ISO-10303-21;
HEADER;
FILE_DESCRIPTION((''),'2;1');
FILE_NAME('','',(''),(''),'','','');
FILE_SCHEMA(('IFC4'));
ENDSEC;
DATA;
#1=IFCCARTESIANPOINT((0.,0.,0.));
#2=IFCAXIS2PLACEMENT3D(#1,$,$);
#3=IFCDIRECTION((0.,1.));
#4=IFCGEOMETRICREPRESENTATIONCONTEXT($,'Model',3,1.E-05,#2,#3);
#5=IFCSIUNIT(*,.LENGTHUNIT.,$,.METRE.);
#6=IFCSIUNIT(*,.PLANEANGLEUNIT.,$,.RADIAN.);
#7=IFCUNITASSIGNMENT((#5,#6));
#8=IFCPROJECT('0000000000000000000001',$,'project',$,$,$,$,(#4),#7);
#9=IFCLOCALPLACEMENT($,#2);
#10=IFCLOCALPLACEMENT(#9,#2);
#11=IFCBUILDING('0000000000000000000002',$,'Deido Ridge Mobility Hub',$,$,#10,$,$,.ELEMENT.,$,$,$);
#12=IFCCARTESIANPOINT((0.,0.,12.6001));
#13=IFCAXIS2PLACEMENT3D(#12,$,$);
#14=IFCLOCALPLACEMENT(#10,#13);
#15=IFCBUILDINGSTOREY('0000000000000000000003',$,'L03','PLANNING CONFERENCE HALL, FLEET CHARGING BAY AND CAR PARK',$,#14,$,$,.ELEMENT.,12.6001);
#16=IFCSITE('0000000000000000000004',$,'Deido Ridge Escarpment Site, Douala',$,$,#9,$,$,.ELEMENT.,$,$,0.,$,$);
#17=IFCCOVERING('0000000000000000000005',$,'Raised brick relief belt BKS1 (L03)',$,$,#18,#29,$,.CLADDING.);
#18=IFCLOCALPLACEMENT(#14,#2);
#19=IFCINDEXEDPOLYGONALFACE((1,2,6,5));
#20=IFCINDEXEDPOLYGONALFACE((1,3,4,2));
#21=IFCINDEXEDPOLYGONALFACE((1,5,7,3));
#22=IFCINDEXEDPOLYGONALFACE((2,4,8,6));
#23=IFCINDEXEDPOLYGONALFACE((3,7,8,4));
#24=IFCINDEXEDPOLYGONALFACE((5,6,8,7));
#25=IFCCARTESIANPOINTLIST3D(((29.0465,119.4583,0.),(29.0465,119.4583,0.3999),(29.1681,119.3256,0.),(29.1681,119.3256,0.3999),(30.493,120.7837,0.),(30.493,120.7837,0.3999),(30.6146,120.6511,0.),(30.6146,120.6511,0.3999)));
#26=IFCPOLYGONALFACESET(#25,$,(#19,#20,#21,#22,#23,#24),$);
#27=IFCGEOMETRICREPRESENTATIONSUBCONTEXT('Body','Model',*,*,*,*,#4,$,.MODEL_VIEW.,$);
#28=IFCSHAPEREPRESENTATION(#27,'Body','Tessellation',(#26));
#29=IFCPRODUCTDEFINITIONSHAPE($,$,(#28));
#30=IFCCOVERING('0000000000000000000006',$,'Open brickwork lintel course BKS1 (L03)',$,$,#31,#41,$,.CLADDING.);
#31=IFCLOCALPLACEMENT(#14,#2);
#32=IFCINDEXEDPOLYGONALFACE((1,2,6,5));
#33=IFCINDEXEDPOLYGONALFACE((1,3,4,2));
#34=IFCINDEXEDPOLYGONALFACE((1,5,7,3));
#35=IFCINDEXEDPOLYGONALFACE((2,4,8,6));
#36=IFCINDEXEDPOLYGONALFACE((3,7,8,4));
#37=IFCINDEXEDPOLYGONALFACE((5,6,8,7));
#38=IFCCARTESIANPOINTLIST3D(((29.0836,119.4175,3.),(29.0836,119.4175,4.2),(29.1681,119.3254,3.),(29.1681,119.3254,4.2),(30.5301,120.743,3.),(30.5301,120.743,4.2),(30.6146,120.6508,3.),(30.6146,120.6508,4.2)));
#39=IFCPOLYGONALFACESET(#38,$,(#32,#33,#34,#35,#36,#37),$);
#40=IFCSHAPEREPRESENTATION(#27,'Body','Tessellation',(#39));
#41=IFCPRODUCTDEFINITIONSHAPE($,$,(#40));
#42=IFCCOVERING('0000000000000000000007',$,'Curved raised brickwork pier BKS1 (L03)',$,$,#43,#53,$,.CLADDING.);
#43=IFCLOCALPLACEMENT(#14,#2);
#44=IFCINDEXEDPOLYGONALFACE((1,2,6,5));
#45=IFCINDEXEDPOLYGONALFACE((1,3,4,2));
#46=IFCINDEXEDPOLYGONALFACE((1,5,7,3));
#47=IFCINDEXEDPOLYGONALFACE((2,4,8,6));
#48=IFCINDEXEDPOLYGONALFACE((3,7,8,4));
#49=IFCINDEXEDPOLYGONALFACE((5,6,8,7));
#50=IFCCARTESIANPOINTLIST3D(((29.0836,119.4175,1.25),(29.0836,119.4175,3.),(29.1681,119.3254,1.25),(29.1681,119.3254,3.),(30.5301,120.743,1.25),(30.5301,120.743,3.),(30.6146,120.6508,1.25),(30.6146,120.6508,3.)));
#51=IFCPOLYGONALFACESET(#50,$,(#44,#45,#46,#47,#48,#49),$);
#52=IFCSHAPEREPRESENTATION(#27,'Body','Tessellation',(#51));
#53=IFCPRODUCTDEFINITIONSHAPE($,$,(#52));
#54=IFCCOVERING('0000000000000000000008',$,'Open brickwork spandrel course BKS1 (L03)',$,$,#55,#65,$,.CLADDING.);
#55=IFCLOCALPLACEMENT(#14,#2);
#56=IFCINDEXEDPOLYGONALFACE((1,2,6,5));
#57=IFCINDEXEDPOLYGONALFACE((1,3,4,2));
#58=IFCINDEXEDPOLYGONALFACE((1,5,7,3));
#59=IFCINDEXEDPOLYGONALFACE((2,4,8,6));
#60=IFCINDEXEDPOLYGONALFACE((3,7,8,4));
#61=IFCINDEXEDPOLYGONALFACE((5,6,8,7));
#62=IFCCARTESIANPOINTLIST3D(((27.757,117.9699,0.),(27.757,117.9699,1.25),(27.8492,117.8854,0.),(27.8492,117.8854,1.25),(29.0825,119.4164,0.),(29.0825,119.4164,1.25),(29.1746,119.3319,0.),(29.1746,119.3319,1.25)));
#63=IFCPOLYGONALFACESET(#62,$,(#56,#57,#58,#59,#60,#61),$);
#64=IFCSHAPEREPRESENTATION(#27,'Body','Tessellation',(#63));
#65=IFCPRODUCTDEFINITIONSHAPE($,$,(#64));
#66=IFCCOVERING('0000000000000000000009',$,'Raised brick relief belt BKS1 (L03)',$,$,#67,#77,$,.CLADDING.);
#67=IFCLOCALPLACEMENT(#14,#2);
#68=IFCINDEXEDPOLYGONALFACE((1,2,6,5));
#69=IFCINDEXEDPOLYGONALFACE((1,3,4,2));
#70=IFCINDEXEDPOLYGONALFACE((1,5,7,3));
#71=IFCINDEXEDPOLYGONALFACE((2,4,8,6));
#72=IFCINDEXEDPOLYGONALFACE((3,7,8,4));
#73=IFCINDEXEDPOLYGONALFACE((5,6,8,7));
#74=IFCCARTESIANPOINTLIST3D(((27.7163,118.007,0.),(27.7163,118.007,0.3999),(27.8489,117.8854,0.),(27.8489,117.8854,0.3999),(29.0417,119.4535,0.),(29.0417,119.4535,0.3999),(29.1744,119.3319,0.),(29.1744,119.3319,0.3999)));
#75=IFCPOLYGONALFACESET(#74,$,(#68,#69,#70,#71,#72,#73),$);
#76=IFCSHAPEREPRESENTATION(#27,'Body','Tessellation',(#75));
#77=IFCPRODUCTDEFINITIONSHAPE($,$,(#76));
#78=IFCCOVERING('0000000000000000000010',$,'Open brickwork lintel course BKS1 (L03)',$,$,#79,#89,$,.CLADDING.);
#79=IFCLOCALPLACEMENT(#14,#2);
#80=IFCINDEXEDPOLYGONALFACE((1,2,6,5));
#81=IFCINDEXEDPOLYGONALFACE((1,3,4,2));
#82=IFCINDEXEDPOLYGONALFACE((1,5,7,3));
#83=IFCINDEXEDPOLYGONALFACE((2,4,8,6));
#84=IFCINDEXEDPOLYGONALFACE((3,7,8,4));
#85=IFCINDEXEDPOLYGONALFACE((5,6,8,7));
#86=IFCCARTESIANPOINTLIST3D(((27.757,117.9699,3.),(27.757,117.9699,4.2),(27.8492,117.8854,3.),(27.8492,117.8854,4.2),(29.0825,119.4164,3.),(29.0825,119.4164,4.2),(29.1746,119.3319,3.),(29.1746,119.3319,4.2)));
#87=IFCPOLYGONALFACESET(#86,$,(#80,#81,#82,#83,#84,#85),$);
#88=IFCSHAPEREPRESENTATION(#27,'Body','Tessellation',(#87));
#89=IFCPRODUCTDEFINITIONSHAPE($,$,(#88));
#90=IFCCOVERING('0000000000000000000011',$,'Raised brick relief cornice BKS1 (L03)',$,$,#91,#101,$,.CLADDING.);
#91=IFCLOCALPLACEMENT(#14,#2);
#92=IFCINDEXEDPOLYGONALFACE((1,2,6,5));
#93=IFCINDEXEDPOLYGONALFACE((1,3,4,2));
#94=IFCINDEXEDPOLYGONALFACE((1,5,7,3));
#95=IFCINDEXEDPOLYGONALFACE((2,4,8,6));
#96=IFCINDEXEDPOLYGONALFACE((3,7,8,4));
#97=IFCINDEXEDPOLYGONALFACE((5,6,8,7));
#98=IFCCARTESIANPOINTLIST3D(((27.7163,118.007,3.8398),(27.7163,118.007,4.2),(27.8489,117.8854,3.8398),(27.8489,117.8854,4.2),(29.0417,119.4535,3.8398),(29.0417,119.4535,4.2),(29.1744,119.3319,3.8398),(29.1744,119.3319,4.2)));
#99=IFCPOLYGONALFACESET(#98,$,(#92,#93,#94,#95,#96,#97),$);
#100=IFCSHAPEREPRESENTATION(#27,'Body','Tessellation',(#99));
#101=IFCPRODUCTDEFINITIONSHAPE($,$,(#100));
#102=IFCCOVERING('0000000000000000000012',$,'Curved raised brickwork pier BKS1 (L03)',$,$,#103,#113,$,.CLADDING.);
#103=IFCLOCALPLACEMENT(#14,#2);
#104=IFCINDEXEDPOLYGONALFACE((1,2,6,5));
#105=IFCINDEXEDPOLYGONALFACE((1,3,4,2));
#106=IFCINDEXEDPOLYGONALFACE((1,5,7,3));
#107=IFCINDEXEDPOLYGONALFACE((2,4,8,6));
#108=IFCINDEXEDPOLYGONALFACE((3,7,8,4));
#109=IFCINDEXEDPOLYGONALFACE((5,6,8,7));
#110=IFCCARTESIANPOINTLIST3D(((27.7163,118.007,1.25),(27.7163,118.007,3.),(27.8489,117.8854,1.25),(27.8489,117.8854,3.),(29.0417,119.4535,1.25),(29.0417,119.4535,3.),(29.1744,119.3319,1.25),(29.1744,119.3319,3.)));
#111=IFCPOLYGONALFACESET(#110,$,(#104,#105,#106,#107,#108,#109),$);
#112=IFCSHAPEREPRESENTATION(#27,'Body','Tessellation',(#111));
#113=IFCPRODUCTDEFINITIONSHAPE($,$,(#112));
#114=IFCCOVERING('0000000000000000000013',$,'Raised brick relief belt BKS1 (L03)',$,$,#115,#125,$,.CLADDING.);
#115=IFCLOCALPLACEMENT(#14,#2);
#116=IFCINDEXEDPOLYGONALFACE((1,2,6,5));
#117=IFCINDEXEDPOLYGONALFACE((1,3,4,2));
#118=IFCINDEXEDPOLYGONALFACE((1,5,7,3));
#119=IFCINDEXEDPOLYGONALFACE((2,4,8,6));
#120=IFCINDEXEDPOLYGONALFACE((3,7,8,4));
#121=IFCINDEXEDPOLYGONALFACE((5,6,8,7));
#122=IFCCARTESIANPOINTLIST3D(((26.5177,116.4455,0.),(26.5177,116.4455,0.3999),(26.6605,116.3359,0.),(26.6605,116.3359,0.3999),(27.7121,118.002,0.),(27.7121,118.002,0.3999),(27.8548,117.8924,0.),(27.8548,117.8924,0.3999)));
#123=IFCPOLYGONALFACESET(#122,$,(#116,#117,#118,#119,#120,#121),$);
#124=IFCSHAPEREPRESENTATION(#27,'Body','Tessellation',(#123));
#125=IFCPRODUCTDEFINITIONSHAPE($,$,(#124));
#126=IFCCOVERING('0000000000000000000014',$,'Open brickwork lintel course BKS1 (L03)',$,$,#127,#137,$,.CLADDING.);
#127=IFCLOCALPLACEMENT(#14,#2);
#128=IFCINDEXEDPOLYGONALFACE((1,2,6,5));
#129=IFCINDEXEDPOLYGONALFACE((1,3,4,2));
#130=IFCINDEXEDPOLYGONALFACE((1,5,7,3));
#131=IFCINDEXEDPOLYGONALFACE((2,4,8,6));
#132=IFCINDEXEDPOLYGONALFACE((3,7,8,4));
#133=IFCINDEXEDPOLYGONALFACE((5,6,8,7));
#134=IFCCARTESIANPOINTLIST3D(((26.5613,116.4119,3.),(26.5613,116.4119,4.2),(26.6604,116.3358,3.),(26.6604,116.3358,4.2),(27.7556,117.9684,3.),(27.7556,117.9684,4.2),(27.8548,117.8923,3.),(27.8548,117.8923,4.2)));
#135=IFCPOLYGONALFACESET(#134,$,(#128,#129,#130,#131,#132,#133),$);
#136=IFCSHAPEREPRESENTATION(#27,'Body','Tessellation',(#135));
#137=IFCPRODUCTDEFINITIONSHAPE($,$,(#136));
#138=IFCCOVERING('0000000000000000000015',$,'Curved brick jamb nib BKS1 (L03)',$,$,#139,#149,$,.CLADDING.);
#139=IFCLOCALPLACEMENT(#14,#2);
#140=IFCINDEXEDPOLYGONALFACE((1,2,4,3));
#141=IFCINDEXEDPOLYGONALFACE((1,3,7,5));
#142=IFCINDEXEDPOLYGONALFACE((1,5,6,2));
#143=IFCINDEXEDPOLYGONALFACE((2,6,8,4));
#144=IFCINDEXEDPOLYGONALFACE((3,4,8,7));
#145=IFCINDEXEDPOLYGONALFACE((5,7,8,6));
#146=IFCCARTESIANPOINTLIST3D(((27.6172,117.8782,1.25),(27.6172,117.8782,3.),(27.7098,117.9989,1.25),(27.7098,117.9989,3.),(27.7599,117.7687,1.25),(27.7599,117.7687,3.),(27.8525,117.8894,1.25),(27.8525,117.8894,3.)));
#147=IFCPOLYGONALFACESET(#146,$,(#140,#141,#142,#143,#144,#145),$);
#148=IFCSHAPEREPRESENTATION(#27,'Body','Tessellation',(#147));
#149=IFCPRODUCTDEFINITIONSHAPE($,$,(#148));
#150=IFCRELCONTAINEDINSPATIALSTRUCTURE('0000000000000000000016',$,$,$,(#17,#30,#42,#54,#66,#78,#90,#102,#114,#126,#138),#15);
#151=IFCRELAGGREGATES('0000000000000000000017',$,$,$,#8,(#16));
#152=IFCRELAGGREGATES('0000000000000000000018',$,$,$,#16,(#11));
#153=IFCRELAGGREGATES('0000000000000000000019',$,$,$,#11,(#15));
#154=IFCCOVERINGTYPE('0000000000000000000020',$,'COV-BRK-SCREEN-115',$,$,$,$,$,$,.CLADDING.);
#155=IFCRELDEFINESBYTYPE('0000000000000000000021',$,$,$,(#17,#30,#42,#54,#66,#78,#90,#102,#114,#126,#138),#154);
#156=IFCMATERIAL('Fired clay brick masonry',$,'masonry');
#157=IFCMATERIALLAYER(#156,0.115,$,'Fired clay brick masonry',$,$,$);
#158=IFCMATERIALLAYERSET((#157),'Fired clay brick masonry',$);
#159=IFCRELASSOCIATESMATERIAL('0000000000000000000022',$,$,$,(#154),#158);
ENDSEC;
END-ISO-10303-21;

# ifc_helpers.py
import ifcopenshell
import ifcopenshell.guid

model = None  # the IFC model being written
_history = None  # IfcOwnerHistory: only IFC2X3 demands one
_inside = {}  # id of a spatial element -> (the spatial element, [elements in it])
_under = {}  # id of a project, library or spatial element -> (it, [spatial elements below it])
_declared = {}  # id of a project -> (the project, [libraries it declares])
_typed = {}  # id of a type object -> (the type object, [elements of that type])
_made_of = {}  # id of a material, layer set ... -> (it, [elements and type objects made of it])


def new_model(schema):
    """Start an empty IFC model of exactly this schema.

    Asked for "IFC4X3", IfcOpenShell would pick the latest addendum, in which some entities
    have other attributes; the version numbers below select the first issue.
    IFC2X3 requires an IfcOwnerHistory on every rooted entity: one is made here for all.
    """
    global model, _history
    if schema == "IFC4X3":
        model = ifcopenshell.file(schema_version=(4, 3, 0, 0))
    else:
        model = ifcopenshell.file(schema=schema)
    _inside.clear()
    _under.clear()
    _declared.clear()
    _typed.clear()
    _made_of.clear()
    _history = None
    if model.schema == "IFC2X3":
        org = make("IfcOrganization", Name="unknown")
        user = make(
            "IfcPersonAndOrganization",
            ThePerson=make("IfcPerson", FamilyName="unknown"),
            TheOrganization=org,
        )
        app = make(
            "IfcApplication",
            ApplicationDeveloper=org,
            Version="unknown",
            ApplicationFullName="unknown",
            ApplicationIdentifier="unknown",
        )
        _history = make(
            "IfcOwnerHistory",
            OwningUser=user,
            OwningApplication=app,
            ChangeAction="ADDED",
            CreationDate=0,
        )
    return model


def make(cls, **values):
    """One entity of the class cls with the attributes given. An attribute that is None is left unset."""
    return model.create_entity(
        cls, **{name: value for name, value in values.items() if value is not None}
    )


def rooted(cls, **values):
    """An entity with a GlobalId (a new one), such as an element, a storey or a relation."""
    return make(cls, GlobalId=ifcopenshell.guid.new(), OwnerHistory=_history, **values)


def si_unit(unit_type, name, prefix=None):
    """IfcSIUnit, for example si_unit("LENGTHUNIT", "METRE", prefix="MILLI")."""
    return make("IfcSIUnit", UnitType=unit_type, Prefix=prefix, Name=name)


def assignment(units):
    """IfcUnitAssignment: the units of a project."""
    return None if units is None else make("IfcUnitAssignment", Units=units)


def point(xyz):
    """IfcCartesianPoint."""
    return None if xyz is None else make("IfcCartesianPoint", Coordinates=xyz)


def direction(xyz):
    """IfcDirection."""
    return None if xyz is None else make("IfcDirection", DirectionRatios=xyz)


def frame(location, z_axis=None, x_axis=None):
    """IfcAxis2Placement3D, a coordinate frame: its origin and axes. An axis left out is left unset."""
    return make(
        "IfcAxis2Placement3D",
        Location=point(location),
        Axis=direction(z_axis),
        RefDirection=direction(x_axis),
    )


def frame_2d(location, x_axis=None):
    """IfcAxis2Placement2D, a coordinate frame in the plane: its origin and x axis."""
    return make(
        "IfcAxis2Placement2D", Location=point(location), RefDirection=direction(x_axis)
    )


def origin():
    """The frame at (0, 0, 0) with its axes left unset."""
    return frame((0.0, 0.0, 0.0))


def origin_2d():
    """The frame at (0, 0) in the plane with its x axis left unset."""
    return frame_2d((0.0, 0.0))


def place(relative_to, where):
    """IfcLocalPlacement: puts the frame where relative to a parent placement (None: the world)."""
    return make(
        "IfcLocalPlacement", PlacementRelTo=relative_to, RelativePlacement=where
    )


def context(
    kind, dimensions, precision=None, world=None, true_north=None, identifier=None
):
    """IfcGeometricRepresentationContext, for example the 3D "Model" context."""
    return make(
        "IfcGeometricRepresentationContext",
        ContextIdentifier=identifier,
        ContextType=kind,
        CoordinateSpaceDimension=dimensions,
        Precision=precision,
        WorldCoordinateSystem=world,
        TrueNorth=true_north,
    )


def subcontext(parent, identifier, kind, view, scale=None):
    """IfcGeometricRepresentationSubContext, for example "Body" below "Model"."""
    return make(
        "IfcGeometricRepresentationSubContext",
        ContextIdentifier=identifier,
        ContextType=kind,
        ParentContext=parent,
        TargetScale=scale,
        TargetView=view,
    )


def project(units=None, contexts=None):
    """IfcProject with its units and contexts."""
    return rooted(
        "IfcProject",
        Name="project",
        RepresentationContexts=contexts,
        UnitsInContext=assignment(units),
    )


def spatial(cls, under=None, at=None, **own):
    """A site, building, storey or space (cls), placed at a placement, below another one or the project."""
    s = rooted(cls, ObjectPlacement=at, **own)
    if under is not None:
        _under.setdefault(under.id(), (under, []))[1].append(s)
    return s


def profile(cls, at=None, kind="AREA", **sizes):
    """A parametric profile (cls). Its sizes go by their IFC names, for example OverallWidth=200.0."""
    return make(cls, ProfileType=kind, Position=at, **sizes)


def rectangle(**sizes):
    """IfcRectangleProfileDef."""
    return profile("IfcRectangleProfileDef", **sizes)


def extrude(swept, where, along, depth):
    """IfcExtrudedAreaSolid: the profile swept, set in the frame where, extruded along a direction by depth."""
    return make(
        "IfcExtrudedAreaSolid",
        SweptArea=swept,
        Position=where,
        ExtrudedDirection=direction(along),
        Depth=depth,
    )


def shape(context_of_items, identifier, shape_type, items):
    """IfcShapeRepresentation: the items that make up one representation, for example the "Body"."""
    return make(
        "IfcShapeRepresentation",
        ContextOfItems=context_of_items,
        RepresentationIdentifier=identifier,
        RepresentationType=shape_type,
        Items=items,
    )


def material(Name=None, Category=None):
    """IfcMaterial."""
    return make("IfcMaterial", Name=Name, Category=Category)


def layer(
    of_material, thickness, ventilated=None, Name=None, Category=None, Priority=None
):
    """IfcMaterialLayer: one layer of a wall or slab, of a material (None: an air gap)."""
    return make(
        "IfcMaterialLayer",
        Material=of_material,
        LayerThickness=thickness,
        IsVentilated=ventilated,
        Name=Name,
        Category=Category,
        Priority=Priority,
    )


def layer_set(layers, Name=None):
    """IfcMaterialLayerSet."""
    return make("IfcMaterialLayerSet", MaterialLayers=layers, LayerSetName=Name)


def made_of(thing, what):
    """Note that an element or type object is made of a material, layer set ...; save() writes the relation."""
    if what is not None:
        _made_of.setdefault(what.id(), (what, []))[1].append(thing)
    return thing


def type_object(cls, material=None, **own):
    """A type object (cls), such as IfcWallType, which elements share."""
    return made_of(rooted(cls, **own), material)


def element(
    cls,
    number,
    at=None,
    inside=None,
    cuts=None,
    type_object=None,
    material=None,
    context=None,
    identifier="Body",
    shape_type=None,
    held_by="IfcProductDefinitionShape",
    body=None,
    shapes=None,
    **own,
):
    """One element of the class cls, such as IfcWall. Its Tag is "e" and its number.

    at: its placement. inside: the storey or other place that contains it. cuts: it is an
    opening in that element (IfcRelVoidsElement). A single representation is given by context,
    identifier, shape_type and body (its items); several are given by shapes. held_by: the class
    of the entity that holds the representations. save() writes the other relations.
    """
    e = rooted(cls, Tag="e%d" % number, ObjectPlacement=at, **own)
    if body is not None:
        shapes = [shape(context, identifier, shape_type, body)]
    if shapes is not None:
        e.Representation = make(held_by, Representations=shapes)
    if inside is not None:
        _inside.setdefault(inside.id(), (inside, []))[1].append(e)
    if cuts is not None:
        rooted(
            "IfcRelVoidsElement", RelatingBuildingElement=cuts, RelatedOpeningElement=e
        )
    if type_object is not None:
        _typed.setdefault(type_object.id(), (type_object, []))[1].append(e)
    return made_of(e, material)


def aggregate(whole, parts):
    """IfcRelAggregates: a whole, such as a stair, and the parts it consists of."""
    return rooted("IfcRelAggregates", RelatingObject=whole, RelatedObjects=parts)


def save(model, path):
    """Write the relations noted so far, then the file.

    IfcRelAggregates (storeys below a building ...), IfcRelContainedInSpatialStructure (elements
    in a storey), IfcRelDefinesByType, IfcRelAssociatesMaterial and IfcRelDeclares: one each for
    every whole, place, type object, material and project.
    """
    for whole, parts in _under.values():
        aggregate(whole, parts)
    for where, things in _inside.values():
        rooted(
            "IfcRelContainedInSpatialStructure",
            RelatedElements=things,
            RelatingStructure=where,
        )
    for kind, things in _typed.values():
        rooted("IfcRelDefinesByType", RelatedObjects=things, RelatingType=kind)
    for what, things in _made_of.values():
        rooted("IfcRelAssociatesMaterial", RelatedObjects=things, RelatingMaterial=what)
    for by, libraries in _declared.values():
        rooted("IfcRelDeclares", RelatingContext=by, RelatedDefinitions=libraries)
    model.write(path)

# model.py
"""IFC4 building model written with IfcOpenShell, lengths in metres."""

from ifc_helpers import new_model, si_unit, direction, frame, origin, origin_2d, place, context, subcontext, project, spatial, rectangle, extrude, material, layer, layer_set, type_object, element, save


model = new_model("IFC4")

# Units and contexts
model_context = context("Model", 3, precision=1e-05, world=origin(), true_north=direction((0.0, 1.0)))
body_context = subcontext(model_context, "Body", "Model", "MODEL_VIEW")
ifc_project = project(units=[si_unit("LENGTHUNIT", "METRE"), si_unit("PLANEANGLEUNIT", "RADIAN")], contexts=[model_context])

# Site, building, storey
site_placement = place(None, origin())
site = spatial("IfcSite", under=ifc_project, at=site_placement, Name="Deido Ridge Escarpment Site, Douala", CompositionType="ELEMENT", RefElevation=0.0)
building_placement = place(site_placement, origin())
building = spatial("IfcBuilding", under=site, at=building_placement, Name="Deido Ridge Mobility Hub", CompositionType="ELEMENT")
storey_placement = place(building_placement, frame((0.0, 0.0, 12.6001)))
storey = spatial("IfcBuildingStorey", under=building, at=storey_placement, Name="L03", Description="PLANNING CONFERENCE HALL, FLEET CHARGING BAY AND CAR PARK", CompositionType="ELEMENT", Elevation=12.6001)

# Coverings
ifc_material_1 = material(Name="Fired clay brick masonry", Category="masonry")
ifc_layer = layer(ifc_material_1, 0.115, Name="Fired clay brick masonry")
ifc_layer_set = layer_set([ifc_layer], Name="Fired clay brick masonry")
covering_type = type_object("IfcCoveringType", Name="COV-BRK-SCREEN-115", PredefinedType="CLADDING", material=ifc_layer_set)
covering_1_placement = place(storey_placement, frame((29.8306, 120.0547, 0.0), z_axis=(0.0, 0.0, 1.0), x_axis=(-0.737289, -0.675577, 0.0)))
element("IfcCovering", 1, at=covering_1_placement, inside=storey, type_object=covering_type, Name="Raised brick relief belt BKS1 (L03)", PredefinedType="CLADDING", context=body_context, shape_type="SweptSolid", body=[
    extrude(rectangle(XDim=1.9619, YDim=0.1799, at=origin_2d()), origin(), (0.0, 0.0, 1.0), 0.3999),
])
covering_2_placement = place(storey_placement, frame((29.8491, 120.0342, 3.0), z_axis=(0.0, 0.0, 1.0), x_axis=(-0.737289, -0.675577, 0.0)))
element("IfcCovering", 2, at=covering_2_placement, inside=storey, type_object=covering_type, Name="Open brickwork lintel course BKS1 (L03)", PredefinedType="CLADDING", context=body_context, shape_type="SweptSolid", body=[
    extrude(rectangle(XDim=1.9619, YDim=0.125, at=origin_2d()), origin(), (0.0, 0.0, 1.0), 1.2),
])
covering_3_placement = place(storey_placement, frame((29.8491, 120.0342, 1.25), z_axis=(0.0, 0.0, 1.0), x_axis=(-0.737289, -0.675577, 0.0)))
element("IfcCovering", 3, at=covering_3_placement, inside=storey, type_object=covering_type, Name="Curved raised brickwork pier BKS1 (L03)", PredefinedType="CLADDING", context=body_context, shape_type="SweptSolid", body=[
    extrude(rectangle(XDim=1.9619, YDim=0.125, at=origin_2d()), origin(), (0.0, 0.0, 1.0), 1.75),
])
covering_4_placement = place(storey_placement, frame((28.4658, 118.6509, 0.0), z_axis=(0.0, 0.0, 1.0), x_axis=(-0.675577, -0.737289, 0.0)))
element("IfcCovering", 4, at=covering_4_placement, inside=storey, type_object=covering_type, Name="Open brickwork spandrel course BKS1 (L03)", PredefinedType="CLADDING", context=body_context, shape_type="SweptSolid", body=[
    extrude(rectangle(XDim=1.9619, YDim=0.125, at=origin_2d()), origin(), (0.0, 0.0, 1.0), 1.25),
])
covering_5_placement = place(storey_placement, frame((28.4453, 118.6694, 0.0), z_axis=(0.0, 0.0, 1.0), x_axis=(-0.675577, -0.737289, 0.0)))
element("IfcCovering", 5, at=covering_5_placement, inside=storey, type_object=covering_type, Name="Raised brick relief belt BKS1 (L03)", PredefinedType="CLADDING", context=body_context, shape_type="SweptSolid", body=[
    extrude(rectangle(XDim=1.9619, YDim=0.1799, at=origin_2d()), origin(), (0.0, 0.0, 1.0), 0.3999),
])
covering_6_placement = place(storey_placement, frame((28.4658, 118.6509, 3.0), z_axis=(0.0, 0.0, 1.0), x_axis=(-0.675577, -0.737289, 0.0)))
element("IfcCovering", 6, at=covering_6_placement, inside=storey, type_object=covering_type, Name="Open brickwork lintel course BKS1 (L03)", PredefinedType="CLADDING", context=body_context, shape_type="SweptSolid", body=[
    extrude(rectangle(XDim=1.9619, YDim=0.125, at=origin_2d()), origin(), (0.0, 0.0, 1.0), 1.2),
])
covering_7_placement = place(storey_placement, frame((28.4453, 118.6694, 3.8398), z_axis=(0.0, 0.0, 1.0), x_axis=(-0.675577, -0.737289, 0.0)))
element("IfcCovering", 7, at=covering_7_placement, inside=storey, type_object=covering_type, Name="Raised brick relief cornice BKS1 (L03)", PredefinedType="CLADDING", context=body_context, shape_type="SweptSolid", body=[
    extrude(rectangle(XDim=1.9619, YDim=0.1799, at=origin_2d()), origin(), (0.0, 0.0, 1.0), 0.3601),
])
covering_8_placement = place(storey_placement, frame((28.4453, 118.6694, 1.25), z_axis=(0.0, 0.0, 1.0), x_axis=(-0.675577, -0.737289, 0.0)))
element("IfcCovering", 8, at=covering_8_placement, inside=storey, type_object=covering_type, Name="Curved raised brickwork pier BKS1 (L03)", PredefinedType="CLADDING", context=body_context, shape_type="SweptSolid", body=[
    extrude(rectangle(XDim=1.9619, YDim=0.1799, at=origin_2d()), origin(), (0.0, 0.0, 1.0), 1.75),
])
covering_9_placement = place(storey_placement, frame((27.1863, 117.1689, 0.0), z_axis=(0.0, 0.0, 1.0), x_axis=(-0.608761, -0.793353, 0.0)))
element("IfcCovering", 9, at=covering_9_placement, inside=storey, type_object=covering_type, Name="Raised brick relief belt BKS1 (L03)", PredefinedType="CLADDING", context=body_context, shape_type="SweptSolid", body=[
    extrude(rectangle(XDim=1.9619, YDim=0.1799, at=origin_2d()), origin(), (0.0, 0.0, 1.0), 0.3999),
])
covering_10_placement = place(storey_placement, frame((27.208, 117.1521, 3.0), z_axis=(0.0, 0.0, 1.0), x_axis=(-0.608761, -0.793353, 0.0)))
element("IfcCovering", 10, at=covering_10_placement, inside=storey, type_object=covering_type, Name="Open brickwork lintel course BKS1 (L03)", PredefinedType="CLADDING", context=body_context, shape_type="SweptSolid", body=[
    extrude(rectangle(XDim=1.9619, YDim=0.125, at=origin_2d()), origin(), (0.0, 0.0, 1.0), 1.2),
])
covering_11_placement = place(storey_placement, frame((27.7349, 117.8838, 1.25), z_axis=(0.0, 0.0, 1.0), x_axis=(-0.608761, -0.793353, 0.0)))
element("IfcCovering", 11, at=covering_11_placement, inside=storey, type_object=covering_type, Name="Curved brick jamb nib BKS1 (L03)", PredefinedType="CLADDING", context=body_context, shape_type="SweptSolid", body=[
    extrude(rectangle(XDim=0.1521, YDim=0.1799, at=origin_2d()), origin(), (0.0, 0.0, 1.0), 1.75),
])

save(model, "model.ifc")
